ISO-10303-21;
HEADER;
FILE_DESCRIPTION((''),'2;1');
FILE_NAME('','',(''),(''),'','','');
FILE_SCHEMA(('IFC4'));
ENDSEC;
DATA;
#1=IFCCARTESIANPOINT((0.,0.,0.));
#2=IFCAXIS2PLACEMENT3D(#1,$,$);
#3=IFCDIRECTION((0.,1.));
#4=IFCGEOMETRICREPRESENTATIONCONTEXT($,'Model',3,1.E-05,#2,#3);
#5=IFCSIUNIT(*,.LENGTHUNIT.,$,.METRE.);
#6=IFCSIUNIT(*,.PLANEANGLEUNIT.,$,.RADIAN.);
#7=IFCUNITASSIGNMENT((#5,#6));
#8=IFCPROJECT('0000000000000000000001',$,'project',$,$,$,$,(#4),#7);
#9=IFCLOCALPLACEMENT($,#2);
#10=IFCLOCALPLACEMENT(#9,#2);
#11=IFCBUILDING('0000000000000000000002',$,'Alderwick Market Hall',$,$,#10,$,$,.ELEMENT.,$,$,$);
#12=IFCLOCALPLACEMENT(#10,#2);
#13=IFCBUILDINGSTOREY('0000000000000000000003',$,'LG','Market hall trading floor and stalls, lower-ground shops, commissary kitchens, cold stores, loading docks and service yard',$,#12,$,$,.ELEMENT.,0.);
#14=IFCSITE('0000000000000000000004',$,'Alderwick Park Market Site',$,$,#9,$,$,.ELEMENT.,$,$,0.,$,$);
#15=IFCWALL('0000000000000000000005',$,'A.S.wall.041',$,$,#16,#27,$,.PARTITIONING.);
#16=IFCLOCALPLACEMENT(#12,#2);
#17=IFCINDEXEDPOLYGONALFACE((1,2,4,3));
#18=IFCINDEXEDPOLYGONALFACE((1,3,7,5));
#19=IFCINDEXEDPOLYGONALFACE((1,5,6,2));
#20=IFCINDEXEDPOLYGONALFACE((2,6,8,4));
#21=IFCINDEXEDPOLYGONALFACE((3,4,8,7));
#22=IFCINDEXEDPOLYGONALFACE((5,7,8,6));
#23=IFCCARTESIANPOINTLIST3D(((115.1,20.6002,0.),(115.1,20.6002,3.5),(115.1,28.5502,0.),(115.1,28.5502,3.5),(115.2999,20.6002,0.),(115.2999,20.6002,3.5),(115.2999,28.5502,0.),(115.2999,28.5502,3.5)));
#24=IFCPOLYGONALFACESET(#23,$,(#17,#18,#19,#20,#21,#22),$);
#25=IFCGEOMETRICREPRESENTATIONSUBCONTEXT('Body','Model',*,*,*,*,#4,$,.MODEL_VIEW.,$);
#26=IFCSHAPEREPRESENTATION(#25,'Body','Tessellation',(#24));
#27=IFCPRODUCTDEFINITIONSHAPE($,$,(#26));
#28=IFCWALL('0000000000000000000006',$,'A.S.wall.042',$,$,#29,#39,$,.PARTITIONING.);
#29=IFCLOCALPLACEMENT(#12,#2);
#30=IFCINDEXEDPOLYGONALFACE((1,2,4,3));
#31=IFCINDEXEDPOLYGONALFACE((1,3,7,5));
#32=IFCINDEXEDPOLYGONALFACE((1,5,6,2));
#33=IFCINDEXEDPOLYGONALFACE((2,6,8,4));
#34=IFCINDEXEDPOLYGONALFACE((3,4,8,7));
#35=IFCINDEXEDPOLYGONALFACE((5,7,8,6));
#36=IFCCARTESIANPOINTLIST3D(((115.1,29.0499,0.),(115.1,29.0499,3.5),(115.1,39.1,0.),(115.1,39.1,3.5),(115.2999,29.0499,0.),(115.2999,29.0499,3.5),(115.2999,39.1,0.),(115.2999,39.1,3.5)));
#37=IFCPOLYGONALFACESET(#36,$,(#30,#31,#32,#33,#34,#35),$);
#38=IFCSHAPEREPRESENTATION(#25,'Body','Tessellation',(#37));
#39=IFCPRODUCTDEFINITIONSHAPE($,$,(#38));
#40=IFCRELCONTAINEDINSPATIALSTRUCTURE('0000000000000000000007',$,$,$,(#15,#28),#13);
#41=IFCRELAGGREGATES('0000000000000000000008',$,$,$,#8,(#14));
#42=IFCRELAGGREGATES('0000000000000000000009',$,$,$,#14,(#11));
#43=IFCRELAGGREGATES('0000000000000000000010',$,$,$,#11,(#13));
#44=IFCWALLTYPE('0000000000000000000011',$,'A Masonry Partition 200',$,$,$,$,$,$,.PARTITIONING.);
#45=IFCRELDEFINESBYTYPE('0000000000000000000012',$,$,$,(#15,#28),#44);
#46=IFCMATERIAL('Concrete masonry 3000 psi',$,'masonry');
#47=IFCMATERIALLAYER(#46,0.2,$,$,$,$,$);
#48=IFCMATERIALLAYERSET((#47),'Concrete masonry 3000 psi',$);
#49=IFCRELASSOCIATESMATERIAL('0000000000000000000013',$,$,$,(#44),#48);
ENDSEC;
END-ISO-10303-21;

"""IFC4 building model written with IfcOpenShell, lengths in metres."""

from ifc_helpers import new_model, si_unit, direction, frame, frame_2d, origin, place, context, subcontext, project, spatial, rectangle, extrude, material, layer, layer_set, type_object, element, save


model = new_model("IFC4")

# Units and contexts
model_context = context("Model", 3, precision=1e-05, world=origin(), true_north=direction((0.0, 1.0)))
body_context = subcontext(model_context, "Body", "Model", "MODEL_VIEW")
ifc_project = project(units=[si_unit("LENGTHUNIT", "METRE"), si_unit("PLANEANGLEUNIT", "RADIAN")], contexts=[model_context])

# Site, building, storey
site_placement = place(None, origin())
site = spatial("IfcSite", under=ifc_project, at=site_placement, Name="Alderwick Park Market Site", CompositionType="ELEMENT", RefElevation=0.0)
building_placement = place(site_placement, origin())
building = spatial("IfcBuilding", under=site, at=building_placement, Name="Alderwick Market Hall", CompositionType="ELEMENT")
storey_placement = place(building_placement, origin())
storey = spatial("IfcBuildingStorey", under=building, at=storey_placement, Name="LG", Description="Market hall trading floor and stalls, lower-ground shops, commissary kitchens, cold stores, loading docks and service yard", CompositionType="ELEMENT", Elevation=0.0)

# Walls
ifc_material_1 = material(Name="Concrete masonry 3000 psi", Category="masonry")
ifc_layer_1 = layer(ifc_material_1, 0.2)
ifc_layer_set_1 = layer_set([ifc_layer_1], Name="Concrete masonry 3000 psi")
wall_type = type_object("IfcWallType", Name="A Masonry Partition 200", PredefinedType="PARTITIONING", material=ifc_layer_set_1)
wall_1_placement = place(storey_placement, frame((115.2, 20.6001, 0.0), z_axis=(0.0, 0.0, 1.0), x_axis=(0.0, 1.0, 0.0)))
element("IfcWall", 1, at=wall_1_placement, inside=storey, type_object=wall_type, Name="A.S.wall.041", PredefinedType="PARTITIONING", context=body_context, shape_type="SweptSolid", body=[
    extrude(rectangle(XDim=7.95, YDim=0.2, at=frame_2d((3.9751, 0.0))), origin(), (0.0, 0.0, 1.0), 3.5),
])
wall_2_placement = place(storey_placement, frame((115.2, 29.05, 0.0), z_axis=(0.0, 0.0, 1.0), x_axis=(0.0, 1.0, 0.0)))
element("IfcWall", 2, at=wall_2_placement, inside=storey, type_object=wall_type, Name="A.S.wall.042", PredefinedType="PARTITIONING", context=body_context, shape_type="SweptSolid", body=[
    extrude(rectangle(XDim=10.05, YDim=0.2, at=frame_2d((5.0249, 0.0))), origin(), (0.0, 0.0, 1.0), 3.5),
])

save(model, "model.ifc")
